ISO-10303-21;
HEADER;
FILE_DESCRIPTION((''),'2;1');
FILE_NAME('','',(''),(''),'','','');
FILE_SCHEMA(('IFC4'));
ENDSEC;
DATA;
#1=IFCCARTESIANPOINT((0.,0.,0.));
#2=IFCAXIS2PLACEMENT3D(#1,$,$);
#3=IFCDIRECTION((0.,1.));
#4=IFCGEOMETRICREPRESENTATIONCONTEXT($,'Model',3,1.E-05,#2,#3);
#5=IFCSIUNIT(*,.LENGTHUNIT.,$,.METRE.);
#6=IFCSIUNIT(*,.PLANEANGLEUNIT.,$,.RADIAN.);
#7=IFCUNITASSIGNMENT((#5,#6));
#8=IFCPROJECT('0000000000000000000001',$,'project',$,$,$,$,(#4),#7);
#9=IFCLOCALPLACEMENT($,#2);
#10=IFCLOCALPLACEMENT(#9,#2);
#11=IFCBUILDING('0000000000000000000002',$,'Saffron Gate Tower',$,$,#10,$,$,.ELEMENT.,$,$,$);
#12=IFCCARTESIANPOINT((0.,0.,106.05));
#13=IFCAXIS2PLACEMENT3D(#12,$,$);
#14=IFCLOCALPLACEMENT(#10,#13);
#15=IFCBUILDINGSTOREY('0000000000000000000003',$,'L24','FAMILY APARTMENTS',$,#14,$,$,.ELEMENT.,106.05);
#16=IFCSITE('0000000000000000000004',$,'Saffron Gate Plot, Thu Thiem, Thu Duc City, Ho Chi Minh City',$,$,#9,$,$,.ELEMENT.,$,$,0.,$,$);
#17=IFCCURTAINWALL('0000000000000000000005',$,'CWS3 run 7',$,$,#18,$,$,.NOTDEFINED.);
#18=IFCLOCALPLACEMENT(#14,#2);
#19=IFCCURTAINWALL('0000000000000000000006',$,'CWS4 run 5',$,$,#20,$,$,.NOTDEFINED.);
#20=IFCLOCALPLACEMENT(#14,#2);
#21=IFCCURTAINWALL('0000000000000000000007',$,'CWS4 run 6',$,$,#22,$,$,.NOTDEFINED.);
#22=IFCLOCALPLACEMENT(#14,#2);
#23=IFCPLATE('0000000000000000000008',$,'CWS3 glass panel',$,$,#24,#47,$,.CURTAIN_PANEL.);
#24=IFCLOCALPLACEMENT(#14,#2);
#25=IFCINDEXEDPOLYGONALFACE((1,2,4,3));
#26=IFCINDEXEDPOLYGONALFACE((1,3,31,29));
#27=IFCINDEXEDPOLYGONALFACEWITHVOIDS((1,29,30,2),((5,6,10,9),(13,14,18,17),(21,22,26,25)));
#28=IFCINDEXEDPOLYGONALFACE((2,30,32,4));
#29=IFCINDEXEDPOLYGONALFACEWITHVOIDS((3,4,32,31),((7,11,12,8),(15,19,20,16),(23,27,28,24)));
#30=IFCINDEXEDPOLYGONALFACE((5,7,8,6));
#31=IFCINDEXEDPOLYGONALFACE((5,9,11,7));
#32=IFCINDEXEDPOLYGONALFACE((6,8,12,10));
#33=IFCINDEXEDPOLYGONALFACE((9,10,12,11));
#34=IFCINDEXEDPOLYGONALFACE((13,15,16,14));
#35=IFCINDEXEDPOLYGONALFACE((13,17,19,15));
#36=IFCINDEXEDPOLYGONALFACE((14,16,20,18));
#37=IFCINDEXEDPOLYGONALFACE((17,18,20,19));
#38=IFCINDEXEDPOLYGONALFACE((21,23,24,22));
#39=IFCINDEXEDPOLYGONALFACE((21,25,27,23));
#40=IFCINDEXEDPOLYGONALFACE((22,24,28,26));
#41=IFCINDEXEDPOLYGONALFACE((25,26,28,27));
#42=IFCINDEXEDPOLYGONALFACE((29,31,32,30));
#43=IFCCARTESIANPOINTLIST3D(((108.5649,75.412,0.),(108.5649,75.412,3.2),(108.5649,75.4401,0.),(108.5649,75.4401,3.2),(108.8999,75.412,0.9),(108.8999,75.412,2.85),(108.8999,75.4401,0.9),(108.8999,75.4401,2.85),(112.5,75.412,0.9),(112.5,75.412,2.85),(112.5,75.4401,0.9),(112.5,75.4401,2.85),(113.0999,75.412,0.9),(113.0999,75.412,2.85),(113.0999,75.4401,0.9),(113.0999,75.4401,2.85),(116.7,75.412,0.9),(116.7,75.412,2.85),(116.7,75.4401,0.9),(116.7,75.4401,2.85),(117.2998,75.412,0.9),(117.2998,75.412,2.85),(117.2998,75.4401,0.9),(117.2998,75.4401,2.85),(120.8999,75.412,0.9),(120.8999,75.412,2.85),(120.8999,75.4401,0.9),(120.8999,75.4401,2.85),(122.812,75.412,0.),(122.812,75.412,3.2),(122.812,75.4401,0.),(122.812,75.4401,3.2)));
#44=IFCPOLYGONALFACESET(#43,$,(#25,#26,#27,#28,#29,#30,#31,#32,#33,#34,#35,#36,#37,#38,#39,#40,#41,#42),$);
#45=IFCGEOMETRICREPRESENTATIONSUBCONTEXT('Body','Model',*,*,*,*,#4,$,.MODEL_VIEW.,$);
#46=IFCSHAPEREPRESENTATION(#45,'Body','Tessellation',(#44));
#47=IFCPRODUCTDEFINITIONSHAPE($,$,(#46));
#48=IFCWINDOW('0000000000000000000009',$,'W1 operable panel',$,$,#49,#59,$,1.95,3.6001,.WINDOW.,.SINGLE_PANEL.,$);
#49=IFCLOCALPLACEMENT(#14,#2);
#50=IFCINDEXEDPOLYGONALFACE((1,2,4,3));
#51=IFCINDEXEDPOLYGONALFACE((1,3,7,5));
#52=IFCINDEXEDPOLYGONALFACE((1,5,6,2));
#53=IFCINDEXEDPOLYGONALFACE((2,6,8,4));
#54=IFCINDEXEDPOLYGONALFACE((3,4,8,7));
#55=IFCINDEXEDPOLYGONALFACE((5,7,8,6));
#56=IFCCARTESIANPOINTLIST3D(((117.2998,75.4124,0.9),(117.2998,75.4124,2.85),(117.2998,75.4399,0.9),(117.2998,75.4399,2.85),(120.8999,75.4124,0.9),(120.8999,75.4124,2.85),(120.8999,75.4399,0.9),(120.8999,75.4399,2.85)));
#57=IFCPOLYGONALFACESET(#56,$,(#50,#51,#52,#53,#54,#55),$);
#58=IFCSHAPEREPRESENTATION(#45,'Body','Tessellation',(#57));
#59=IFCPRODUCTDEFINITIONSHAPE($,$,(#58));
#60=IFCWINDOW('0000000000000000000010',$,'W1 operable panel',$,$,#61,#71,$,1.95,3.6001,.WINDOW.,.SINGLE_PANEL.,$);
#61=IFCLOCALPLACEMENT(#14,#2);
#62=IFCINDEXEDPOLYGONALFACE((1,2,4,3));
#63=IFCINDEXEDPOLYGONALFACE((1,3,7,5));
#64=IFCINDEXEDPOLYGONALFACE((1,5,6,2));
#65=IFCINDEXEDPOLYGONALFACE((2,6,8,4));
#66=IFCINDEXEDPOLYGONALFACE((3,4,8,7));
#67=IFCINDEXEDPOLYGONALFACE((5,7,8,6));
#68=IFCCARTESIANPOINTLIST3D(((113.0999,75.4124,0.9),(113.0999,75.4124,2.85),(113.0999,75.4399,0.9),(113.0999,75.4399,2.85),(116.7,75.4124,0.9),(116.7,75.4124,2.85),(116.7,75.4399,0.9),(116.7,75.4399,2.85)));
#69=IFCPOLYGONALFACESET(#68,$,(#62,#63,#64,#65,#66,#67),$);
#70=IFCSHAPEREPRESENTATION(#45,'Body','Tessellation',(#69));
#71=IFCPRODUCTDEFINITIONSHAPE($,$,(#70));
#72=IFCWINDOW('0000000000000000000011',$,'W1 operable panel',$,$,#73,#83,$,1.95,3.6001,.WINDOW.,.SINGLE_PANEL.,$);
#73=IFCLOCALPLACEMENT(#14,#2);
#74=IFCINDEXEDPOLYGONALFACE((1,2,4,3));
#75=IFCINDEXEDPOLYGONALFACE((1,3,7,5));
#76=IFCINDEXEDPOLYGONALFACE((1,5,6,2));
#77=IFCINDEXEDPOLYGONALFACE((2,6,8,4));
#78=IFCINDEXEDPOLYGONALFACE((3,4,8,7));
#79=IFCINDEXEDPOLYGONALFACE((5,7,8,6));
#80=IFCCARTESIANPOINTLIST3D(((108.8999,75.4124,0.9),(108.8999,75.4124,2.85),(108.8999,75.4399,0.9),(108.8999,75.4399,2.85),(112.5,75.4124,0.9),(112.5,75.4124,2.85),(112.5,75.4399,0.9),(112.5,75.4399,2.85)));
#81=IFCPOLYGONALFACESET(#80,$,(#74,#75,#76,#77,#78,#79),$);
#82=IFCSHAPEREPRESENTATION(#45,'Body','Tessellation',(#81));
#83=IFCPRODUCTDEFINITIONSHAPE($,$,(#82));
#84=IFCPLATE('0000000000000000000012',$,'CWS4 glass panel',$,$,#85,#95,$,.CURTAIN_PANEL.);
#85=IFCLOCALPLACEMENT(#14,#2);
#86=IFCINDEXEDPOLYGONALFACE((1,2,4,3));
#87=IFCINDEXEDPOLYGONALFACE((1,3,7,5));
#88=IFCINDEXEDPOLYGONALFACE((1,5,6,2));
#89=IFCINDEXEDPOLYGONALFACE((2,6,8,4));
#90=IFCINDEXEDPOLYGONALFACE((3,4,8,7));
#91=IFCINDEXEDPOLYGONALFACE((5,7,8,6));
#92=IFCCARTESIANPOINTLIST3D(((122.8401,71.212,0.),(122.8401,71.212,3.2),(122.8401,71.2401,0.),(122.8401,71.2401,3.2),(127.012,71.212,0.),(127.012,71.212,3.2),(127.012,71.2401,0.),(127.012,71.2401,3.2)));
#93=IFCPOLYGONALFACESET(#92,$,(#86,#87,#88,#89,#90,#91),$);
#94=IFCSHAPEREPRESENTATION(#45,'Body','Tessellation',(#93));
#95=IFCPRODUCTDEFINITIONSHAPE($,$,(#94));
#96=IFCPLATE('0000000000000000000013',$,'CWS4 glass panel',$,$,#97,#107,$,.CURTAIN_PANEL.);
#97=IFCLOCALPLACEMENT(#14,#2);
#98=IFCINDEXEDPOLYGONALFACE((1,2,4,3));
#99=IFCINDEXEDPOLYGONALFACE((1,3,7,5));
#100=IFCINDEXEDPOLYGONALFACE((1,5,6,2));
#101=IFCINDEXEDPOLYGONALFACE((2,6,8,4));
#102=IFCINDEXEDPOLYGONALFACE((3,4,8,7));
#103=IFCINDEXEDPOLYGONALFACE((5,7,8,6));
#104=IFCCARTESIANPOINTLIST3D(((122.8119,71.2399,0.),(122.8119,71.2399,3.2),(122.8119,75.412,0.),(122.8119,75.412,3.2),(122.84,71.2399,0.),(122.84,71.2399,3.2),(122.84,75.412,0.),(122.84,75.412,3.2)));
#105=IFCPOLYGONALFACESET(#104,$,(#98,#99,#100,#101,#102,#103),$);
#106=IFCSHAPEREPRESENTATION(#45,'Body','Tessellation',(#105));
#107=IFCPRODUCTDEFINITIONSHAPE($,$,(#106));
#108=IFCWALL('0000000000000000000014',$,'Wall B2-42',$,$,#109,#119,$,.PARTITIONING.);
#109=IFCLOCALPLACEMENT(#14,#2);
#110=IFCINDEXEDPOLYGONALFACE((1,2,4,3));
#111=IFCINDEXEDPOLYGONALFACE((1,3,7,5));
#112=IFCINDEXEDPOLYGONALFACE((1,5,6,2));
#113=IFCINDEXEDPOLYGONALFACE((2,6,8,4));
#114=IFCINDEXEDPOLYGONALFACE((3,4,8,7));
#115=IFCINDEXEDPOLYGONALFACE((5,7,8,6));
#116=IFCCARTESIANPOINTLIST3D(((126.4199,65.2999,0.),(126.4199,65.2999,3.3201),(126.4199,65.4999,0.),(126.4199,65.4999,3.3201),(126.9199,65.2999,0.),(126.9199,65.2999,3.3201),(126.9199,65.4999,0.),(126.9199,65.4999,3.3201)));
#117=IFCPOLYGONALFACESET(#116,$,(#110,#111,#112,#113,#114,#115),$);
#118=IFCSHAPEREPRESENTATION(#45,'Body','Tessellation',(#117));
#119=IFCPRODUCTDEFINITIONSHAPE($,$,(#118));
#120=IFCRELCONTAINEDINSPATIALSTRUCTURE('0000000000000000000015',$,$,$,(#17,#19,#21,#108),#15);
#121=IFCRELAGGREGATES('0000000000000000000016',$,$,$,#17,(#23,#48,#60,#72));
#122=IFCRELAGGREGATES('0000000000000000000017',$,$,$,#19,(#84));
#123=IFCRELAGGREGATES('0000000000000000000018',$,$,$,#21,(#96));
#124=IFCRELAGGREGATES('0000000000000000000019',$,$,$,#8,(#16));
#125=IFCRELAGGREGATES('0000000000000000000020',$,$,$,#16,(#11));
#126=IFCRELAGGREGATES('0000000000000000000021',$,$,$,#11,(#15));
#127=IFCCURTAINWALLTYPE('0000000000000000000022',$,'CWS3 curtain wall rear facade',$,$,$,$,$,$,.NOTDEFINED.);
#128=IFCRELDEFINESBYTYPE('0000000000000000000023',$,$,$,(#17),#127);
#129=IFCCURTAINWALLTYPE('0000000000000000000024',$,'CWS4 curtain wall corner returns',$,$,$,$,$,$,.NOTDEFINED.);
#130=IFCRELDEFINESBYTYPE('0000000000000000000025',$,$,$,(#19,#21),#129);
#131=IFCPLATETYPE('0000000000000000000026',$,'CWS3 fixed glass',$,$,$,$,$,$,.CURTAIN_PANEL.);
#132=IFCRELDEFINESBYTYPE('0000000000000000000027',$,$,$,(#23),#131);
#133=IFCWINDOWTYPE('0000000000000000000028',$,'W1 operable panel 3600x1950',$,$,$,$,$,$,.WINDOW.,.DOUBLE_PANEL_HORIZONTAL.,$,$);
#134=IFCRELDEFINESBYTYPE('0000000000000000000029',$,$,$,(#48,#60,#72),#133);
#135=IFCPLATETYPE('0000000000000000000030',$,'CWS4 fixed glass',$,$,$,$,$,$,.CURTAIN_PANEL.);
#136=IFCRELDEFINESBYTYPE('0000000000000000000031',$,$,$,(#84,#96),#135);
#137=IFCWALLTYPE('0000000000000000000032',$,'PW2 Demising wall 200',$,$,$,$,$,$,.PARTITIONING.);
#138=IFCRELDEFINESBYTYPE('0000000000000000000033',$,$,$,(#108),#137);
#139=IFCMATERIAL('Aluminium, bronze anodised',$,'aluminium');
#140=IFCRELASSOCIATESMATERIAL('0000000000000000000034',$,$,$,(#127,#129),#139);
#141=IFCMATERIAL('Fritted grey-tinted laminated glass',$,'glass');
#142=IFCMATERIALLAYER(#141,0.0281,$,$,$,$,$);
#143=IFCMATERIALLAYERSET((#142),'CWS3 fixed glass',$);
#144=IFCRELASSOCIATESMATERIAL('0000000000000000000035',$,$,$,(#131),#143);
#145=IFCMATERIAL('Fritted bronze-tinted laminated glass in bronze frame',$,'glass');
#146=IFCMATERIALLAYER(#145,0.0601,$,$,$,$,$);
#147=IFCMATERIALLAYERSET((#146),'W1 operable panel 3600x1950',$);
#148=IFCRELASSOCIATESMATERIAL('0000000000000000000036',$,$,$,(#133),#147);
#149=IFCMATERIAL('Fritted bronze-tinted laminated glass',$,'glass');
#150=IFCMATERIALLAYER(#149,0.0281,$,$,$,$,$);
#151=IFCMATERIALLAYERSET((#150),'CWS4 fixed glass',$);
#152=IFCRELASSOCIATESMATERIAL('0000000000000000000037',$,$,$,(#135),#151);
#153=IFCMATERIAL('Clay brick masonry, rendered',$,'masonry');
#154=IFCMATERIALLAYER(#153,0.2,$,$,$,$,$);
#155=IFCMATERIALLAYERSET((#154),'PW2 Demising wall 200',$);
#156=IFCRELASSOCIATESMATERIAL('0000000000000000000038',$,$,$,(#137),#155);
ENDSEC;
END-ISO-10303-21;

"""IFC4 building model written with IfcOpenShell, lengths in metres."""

from ifc_helpers import new_model, si_unit, direction, frame, frame_2d, origin, place, context, subcontext, project, spatial, rectangle, extrude, material, layer, layer_set, type_object, element, fill, aggregate, save


model = new_model("IFC4")

# Units and contexts
model_context = context("Model", 3, precision=1e-05, world=origin(), true_north=direction((0.0, 1.0)))
body_context = subcontext(model_context, "Body", "Model", "MODEL_VIEW")
ifc_project = project(units=[si_unit("LENGTHUNIT", "METRE"), si_unit("PLANEANGLEUNIT", "RADIAN")], contexts=[model_context])

# Site, building, storey
site_placement = place(None, origin())
site = spatial("IfcSite", under=ifc_project, at=site_placement, Name="Saffron Gate Plot, Thu Thiem, Thu Duc City, Ho Chi Minh City", CompositionType="ELEMENT", RefElevation=0.0)
building_placement = place(site_placement, origin())
building = spatial("IfcBuilding", under=site, at=building_placement, Name="Saffron Gate Tower", CompositionType="ELEMENT")
storey_placement = place(building_placement, frame((0.0, 0.0, 106.05)))
storey = spatial("IfcBuildingStorey", under=building, at=storey_placement, Name="L24", Description="FAMILY APARTMENTS", CompositionType="ELEMENT", Elevation=106.05)

# Shared definitions
ifc_material_1 = material(Name="Aluminium, bronze anodised", Category="aluminium")

# Curtain wall
curtain_wall_type_1 = type_object("IfcCurtainWallType", Name="CWS3 curtain wall rear facade", PredefinedType="NOTDEFINED", material=ifc_material_1)
curtain_wall_1_placement = place(storey_placement, origin())
curtain_wall_1 = element("IfcCurtainWall", 1, at=curtain_wall_1_placement, inside=storey, type_object=curtain_wall_type_1, Name="CWS3 run 7", PredefinedType="NOTDEFINED")

# Curtain walls
curtain_wall_type_2 = type_object("IfcCurtainWallType", Name="CWS4 curtain wall corner returns", PredefinedType="NOTDEFINED", material=ifc_material_1)
curtain_wall_2_placement = place(storey_placement, origin())
curtain_wall_2 = element("IfcCurtainWall", 2, at=curtain_wall_2_placement, inside=storey, type_object=curtain_wall_type_2, Name="CWS4 run 5", PredefinedType="NOTDEFINED")
curtain_wall_3_placement = place(storey_placement, origin())
curtain_wall_3 = element("IfcCurtainWall", 3, at=curtain_wall_3_placement, inside=storey, type_object=curtain_wall_type_2, Name="CWS4 run 6", PredefinedType="NOTDEFINED")

# Plate, openings, windows
ifc_material_2 = material(Name="Fritted grey-tinted laminated glass", Category="glass")
ifc_layer_1 = layer(ifc_material_2, 0.0281)
ifc_layer_set_1 = layer_set([ifc_layer_1], Name="CWS3 fixed glass")
plate_type_1 = type_object("IfcPlateType", Name="CWS3 fixed glass", PredefinedType="CURTAIN_PANEL", material=ifc_layer_set_1)
plate_1_placement = place(storey_placement, frame((122.812, 75.426, 0.0), z_axis=(0.0, 0.0, 1.0), x_axis=(-1.0, 0.0, 0.0)))
plate_1 = element("IfcPlate", 4, at=plate_1_placement, type_object=plate_type_1, Name="CWS3 glass panel", PredefinedType="CURTAIN_PANEL", context=body_context, shape_type="SweptSolid", body=[
    extrude(rectangle(XDim=14.2471, YDim=0.0281, at=frame_2d((7.1235, 0.0))), origin(), (0.0, 0.0, 1.0), 3.2),
])
opening_1_placement = place(plate_1_placement, frame((1.9121, 0.0, 0.8999)))
opening_1 = element("IfcOpeningElement", 5, at=opening_1_placement, cuts=plate_1, PredefinedType="OPENING", context=body_context, shape_type="SweptSolid", body=[
    extrude(rectangle(XDim=3.6001, YDim=1.95, at=frame_2d((1.8, 0.9751))), frame((0.0, 0.0239, 0.0), z_axis=(0.0, -1.0, 0.0), x_axis=(1.0, 0.0, 0.0)), (0.0, 0.0, 1.0), 0.0481),
])
opening_2_placement = place(plate_1_placement, frame((6.1121, 0.0, 0.8999)))
opening_2 = element("IfcOpeningElement", 6, at=opening_2_placement, cuts=plate_1, PredefinedType="OPENING", context=body_context, shape_type="SweptSolid", body=[
    extrude(rectangle(XDim=3.6001, YDim=1.95, at=frame_2d((1.8, 0.9751))), frame((0.0, 0.0239, 0.0), z_axis=(0.0, -1.0, 0.0), x_axis=(1.0, 0.0, 0.0)), (0.0, 0.0, 1.0), 0.0481),
])
opening_3_placement = place(plate_1_placement, frame((10.312, 0.0, 0.8999)))
opening_3 = element("IfcOpeningElement", 7, at=opening_3_placement, cuts=plate_1, PredefinedType="OPENING", context=body_context, shape_type="SweptSolid", body=[
    extrude(rectangle(XDim=3.6001, YDim=1.95, at=frame_2d((1.8, 0.9751))), frame((0.0, 0.0239, 0.0), z_axis=(0.0, -1.0, 0.0), x_axis=(1.0, 0.0, 0.0)), (0.0, 0.0, 1.0), 0.0481),
])
ifc_material_3 = material(Name="Fritted bronze-tinted laminated glass in bronze frame", Category="glass")
ifc_layer_2 = layer(ifc_material_3, 0.0601)
ifc_layer_set_2 = layer_set([ifc_layer_2], Name="W1 operable panel 3600x1950")
window_type = type_object("IfcWindowType", Name="W1 operable panel 3600x1950", PartitioningType="DOUBLE_PANEL_HORIZONTAL", PredefinedType="WINDOW", material=ifc_layer_set_2)
window_1_placement = place(opening_1_placement, origin())
window_1 = element("IfcWindow", 8, at=window_1_placement, type_object=window_type, Name="W1 operable panel", OverallHeight=1.95, OverallWidth=3.6001, PartitioningType="SINGLE_PANEL", PredefinedType="WINDOW", context=body_context, shape_type="SweptSolid", body=[
    extrude(rectangle(XDim=3.6001, YDim=1.95, at=frame_2d((1.8, 0.9751))), frame((0.0, 0.0137, 0.0), z_axis=(0.0, -1.0, 0.0), x_axis=(1.0, 0.0, 0.0)), (0.0, 0.0, 1.0), 0.0276),
])
fill(opening_1, window_1)
window_2_placement = place(opening_2_placement, origin())
window_2 = element("IfcWindow", 9, at=window_2_placement, type_object=window_type, Name="W1 operable panel", OverallHeight=1.95, OverallWidth=3.6001, PartitioningType="SINGLE_PANEL", PredefinedType="WINDOW", context=body_context, shape_type="SweptSolid", body=[
    extrude(rectangle(XDim=3.6001, YDim=1.95, at=frame_2d((1.8, 0.9751))), frame((0.0, 0.0137, 0.0), z_axis=(0.0, -1.0, 0.0), x_axis=(1.0, 0.0, 0.0)), (0.0, 0.0, 1.0), 0.0276),
])
fill(opening_2, window_2)
window_3_placement = place(opening_3_placement, origin())
window_3 = element("IfcWindow", 10, at=window_3_placement, type_object=window_type, Name="W1 operable panel", OverallHeight=1.95, OverallWidth=3.6001, PartitioningType="SINGLE_PANEL", PredefinedType="WINDOW", context=body_context, shape_type="SweptSolid", body=[
    extrude(rectangle(XDim=3.6001, YDim=1.95, at=frame_2d((1.8, 0.9751))), frame((0.0, 0.0137, 0.0), z_axis=(0.0, -1.0, 0.0), x_axis=(1.0, 0.0, 0.0)), (0.0, 0.0, 1.0), 0.0276),
])
fill(opening_3, window_3)
aggregate(curtain_wall_1, [plate_1, window_1, window_2, window_3])

# Plates
ifc_material_4 = material(Name="Fritted bronze-tinted laminated glass", Category="glass")
ifc_layer_3 = layer(ifc_material_4, 0.0281)
ifc_layer_set_3 = layer_set([ifc_layer_3], Name="CWS4 fixed glass")
plate_type_2 = type_object("IfcPlateType", Name="CWS4 fixed glass", PredefinedType="CURTAIN_PANEL", material=ifc_layer_set_3)
plate_2_placement = place(storey_placement, frame((127.012, 71.2261, 0.0), z_axis=(0.0, 0.0, 1.0), x_axis=(-1.0, 0.0, 0.0)))
plate_2 = element("IfcPlate", 11, at=plate_2_placement, type_object=plate_type_2, Name="CWS4 glass panel", PredefinedType="CURTAIN_PANEL", context=body_context, shape_type="SweptSolid", body=[
    extrude(rectangle(XDim=4.1719, YDim=0.0281, at=frame_2d((2.0859, 0.0))), origin(), (0.0, 0.0, 1.0), 3.2),
])
aggregate(curtain_wall_2, [plate_2])
plate_3_placement = place(storey_placement, frame((122.8259, 71.24, 0.0), z_axis=(0.0, 0.0, 1.0), x_axis=(0.0, 1.0, 0.0)))
plate_3 = element("IfcPlate", 12, at=plate_3_placement, type_object=plate_type_2, Name="CWS4 glass panel", PredefinedType="CURTAIN_PANEL", context=body_context, shape_type="SweptSolid", body=[
    extrude(rectangle(XDim=4.1721, YDim=0.0281, at=frame_2d((2.0859, 0.0))), origin(), (0.0, 0.0, 1.0), 3.2),
])
aggregate(curtain_wall_3, [plate_3])

# Wall
ifc_material_5 = material(Name="Clay brick masonry, rendered", Category="masonry")
ifc_layer_4 = layer(ifc_material_5, 0.2)
ifc_layer_set_4 = layer_set([ifc_layer_4], Name="PW2 Demising wall 200")
wall_type = type_object("IfcWallType", Name="PW2 Demising wall 200", PredefinedType="PARTITIONING", material=ifc_layer_set_4)
wall_placement = place(storey_placement, frame((126.4199, 65.3999, 0.0), z_axis=(0.0, 0.0, 1.0), x_axis=(1.0, 0.0, 0.0)))
element("IfcWall", 13, at=wall_placement, inside=storey, type_object=wall_type, Name="Wall B2-42", PredefinedType="PARTITIONING", context=body_context, shape_type="SweptSolid", body=[
    extrude(rectangle(XDim=0.5, YDim=0.2, at=frame_2d((0.25, 0.0))), origin(), (0.0, 0.0, 1.0), 3.3201),
])

save(model, "model.ifc")
